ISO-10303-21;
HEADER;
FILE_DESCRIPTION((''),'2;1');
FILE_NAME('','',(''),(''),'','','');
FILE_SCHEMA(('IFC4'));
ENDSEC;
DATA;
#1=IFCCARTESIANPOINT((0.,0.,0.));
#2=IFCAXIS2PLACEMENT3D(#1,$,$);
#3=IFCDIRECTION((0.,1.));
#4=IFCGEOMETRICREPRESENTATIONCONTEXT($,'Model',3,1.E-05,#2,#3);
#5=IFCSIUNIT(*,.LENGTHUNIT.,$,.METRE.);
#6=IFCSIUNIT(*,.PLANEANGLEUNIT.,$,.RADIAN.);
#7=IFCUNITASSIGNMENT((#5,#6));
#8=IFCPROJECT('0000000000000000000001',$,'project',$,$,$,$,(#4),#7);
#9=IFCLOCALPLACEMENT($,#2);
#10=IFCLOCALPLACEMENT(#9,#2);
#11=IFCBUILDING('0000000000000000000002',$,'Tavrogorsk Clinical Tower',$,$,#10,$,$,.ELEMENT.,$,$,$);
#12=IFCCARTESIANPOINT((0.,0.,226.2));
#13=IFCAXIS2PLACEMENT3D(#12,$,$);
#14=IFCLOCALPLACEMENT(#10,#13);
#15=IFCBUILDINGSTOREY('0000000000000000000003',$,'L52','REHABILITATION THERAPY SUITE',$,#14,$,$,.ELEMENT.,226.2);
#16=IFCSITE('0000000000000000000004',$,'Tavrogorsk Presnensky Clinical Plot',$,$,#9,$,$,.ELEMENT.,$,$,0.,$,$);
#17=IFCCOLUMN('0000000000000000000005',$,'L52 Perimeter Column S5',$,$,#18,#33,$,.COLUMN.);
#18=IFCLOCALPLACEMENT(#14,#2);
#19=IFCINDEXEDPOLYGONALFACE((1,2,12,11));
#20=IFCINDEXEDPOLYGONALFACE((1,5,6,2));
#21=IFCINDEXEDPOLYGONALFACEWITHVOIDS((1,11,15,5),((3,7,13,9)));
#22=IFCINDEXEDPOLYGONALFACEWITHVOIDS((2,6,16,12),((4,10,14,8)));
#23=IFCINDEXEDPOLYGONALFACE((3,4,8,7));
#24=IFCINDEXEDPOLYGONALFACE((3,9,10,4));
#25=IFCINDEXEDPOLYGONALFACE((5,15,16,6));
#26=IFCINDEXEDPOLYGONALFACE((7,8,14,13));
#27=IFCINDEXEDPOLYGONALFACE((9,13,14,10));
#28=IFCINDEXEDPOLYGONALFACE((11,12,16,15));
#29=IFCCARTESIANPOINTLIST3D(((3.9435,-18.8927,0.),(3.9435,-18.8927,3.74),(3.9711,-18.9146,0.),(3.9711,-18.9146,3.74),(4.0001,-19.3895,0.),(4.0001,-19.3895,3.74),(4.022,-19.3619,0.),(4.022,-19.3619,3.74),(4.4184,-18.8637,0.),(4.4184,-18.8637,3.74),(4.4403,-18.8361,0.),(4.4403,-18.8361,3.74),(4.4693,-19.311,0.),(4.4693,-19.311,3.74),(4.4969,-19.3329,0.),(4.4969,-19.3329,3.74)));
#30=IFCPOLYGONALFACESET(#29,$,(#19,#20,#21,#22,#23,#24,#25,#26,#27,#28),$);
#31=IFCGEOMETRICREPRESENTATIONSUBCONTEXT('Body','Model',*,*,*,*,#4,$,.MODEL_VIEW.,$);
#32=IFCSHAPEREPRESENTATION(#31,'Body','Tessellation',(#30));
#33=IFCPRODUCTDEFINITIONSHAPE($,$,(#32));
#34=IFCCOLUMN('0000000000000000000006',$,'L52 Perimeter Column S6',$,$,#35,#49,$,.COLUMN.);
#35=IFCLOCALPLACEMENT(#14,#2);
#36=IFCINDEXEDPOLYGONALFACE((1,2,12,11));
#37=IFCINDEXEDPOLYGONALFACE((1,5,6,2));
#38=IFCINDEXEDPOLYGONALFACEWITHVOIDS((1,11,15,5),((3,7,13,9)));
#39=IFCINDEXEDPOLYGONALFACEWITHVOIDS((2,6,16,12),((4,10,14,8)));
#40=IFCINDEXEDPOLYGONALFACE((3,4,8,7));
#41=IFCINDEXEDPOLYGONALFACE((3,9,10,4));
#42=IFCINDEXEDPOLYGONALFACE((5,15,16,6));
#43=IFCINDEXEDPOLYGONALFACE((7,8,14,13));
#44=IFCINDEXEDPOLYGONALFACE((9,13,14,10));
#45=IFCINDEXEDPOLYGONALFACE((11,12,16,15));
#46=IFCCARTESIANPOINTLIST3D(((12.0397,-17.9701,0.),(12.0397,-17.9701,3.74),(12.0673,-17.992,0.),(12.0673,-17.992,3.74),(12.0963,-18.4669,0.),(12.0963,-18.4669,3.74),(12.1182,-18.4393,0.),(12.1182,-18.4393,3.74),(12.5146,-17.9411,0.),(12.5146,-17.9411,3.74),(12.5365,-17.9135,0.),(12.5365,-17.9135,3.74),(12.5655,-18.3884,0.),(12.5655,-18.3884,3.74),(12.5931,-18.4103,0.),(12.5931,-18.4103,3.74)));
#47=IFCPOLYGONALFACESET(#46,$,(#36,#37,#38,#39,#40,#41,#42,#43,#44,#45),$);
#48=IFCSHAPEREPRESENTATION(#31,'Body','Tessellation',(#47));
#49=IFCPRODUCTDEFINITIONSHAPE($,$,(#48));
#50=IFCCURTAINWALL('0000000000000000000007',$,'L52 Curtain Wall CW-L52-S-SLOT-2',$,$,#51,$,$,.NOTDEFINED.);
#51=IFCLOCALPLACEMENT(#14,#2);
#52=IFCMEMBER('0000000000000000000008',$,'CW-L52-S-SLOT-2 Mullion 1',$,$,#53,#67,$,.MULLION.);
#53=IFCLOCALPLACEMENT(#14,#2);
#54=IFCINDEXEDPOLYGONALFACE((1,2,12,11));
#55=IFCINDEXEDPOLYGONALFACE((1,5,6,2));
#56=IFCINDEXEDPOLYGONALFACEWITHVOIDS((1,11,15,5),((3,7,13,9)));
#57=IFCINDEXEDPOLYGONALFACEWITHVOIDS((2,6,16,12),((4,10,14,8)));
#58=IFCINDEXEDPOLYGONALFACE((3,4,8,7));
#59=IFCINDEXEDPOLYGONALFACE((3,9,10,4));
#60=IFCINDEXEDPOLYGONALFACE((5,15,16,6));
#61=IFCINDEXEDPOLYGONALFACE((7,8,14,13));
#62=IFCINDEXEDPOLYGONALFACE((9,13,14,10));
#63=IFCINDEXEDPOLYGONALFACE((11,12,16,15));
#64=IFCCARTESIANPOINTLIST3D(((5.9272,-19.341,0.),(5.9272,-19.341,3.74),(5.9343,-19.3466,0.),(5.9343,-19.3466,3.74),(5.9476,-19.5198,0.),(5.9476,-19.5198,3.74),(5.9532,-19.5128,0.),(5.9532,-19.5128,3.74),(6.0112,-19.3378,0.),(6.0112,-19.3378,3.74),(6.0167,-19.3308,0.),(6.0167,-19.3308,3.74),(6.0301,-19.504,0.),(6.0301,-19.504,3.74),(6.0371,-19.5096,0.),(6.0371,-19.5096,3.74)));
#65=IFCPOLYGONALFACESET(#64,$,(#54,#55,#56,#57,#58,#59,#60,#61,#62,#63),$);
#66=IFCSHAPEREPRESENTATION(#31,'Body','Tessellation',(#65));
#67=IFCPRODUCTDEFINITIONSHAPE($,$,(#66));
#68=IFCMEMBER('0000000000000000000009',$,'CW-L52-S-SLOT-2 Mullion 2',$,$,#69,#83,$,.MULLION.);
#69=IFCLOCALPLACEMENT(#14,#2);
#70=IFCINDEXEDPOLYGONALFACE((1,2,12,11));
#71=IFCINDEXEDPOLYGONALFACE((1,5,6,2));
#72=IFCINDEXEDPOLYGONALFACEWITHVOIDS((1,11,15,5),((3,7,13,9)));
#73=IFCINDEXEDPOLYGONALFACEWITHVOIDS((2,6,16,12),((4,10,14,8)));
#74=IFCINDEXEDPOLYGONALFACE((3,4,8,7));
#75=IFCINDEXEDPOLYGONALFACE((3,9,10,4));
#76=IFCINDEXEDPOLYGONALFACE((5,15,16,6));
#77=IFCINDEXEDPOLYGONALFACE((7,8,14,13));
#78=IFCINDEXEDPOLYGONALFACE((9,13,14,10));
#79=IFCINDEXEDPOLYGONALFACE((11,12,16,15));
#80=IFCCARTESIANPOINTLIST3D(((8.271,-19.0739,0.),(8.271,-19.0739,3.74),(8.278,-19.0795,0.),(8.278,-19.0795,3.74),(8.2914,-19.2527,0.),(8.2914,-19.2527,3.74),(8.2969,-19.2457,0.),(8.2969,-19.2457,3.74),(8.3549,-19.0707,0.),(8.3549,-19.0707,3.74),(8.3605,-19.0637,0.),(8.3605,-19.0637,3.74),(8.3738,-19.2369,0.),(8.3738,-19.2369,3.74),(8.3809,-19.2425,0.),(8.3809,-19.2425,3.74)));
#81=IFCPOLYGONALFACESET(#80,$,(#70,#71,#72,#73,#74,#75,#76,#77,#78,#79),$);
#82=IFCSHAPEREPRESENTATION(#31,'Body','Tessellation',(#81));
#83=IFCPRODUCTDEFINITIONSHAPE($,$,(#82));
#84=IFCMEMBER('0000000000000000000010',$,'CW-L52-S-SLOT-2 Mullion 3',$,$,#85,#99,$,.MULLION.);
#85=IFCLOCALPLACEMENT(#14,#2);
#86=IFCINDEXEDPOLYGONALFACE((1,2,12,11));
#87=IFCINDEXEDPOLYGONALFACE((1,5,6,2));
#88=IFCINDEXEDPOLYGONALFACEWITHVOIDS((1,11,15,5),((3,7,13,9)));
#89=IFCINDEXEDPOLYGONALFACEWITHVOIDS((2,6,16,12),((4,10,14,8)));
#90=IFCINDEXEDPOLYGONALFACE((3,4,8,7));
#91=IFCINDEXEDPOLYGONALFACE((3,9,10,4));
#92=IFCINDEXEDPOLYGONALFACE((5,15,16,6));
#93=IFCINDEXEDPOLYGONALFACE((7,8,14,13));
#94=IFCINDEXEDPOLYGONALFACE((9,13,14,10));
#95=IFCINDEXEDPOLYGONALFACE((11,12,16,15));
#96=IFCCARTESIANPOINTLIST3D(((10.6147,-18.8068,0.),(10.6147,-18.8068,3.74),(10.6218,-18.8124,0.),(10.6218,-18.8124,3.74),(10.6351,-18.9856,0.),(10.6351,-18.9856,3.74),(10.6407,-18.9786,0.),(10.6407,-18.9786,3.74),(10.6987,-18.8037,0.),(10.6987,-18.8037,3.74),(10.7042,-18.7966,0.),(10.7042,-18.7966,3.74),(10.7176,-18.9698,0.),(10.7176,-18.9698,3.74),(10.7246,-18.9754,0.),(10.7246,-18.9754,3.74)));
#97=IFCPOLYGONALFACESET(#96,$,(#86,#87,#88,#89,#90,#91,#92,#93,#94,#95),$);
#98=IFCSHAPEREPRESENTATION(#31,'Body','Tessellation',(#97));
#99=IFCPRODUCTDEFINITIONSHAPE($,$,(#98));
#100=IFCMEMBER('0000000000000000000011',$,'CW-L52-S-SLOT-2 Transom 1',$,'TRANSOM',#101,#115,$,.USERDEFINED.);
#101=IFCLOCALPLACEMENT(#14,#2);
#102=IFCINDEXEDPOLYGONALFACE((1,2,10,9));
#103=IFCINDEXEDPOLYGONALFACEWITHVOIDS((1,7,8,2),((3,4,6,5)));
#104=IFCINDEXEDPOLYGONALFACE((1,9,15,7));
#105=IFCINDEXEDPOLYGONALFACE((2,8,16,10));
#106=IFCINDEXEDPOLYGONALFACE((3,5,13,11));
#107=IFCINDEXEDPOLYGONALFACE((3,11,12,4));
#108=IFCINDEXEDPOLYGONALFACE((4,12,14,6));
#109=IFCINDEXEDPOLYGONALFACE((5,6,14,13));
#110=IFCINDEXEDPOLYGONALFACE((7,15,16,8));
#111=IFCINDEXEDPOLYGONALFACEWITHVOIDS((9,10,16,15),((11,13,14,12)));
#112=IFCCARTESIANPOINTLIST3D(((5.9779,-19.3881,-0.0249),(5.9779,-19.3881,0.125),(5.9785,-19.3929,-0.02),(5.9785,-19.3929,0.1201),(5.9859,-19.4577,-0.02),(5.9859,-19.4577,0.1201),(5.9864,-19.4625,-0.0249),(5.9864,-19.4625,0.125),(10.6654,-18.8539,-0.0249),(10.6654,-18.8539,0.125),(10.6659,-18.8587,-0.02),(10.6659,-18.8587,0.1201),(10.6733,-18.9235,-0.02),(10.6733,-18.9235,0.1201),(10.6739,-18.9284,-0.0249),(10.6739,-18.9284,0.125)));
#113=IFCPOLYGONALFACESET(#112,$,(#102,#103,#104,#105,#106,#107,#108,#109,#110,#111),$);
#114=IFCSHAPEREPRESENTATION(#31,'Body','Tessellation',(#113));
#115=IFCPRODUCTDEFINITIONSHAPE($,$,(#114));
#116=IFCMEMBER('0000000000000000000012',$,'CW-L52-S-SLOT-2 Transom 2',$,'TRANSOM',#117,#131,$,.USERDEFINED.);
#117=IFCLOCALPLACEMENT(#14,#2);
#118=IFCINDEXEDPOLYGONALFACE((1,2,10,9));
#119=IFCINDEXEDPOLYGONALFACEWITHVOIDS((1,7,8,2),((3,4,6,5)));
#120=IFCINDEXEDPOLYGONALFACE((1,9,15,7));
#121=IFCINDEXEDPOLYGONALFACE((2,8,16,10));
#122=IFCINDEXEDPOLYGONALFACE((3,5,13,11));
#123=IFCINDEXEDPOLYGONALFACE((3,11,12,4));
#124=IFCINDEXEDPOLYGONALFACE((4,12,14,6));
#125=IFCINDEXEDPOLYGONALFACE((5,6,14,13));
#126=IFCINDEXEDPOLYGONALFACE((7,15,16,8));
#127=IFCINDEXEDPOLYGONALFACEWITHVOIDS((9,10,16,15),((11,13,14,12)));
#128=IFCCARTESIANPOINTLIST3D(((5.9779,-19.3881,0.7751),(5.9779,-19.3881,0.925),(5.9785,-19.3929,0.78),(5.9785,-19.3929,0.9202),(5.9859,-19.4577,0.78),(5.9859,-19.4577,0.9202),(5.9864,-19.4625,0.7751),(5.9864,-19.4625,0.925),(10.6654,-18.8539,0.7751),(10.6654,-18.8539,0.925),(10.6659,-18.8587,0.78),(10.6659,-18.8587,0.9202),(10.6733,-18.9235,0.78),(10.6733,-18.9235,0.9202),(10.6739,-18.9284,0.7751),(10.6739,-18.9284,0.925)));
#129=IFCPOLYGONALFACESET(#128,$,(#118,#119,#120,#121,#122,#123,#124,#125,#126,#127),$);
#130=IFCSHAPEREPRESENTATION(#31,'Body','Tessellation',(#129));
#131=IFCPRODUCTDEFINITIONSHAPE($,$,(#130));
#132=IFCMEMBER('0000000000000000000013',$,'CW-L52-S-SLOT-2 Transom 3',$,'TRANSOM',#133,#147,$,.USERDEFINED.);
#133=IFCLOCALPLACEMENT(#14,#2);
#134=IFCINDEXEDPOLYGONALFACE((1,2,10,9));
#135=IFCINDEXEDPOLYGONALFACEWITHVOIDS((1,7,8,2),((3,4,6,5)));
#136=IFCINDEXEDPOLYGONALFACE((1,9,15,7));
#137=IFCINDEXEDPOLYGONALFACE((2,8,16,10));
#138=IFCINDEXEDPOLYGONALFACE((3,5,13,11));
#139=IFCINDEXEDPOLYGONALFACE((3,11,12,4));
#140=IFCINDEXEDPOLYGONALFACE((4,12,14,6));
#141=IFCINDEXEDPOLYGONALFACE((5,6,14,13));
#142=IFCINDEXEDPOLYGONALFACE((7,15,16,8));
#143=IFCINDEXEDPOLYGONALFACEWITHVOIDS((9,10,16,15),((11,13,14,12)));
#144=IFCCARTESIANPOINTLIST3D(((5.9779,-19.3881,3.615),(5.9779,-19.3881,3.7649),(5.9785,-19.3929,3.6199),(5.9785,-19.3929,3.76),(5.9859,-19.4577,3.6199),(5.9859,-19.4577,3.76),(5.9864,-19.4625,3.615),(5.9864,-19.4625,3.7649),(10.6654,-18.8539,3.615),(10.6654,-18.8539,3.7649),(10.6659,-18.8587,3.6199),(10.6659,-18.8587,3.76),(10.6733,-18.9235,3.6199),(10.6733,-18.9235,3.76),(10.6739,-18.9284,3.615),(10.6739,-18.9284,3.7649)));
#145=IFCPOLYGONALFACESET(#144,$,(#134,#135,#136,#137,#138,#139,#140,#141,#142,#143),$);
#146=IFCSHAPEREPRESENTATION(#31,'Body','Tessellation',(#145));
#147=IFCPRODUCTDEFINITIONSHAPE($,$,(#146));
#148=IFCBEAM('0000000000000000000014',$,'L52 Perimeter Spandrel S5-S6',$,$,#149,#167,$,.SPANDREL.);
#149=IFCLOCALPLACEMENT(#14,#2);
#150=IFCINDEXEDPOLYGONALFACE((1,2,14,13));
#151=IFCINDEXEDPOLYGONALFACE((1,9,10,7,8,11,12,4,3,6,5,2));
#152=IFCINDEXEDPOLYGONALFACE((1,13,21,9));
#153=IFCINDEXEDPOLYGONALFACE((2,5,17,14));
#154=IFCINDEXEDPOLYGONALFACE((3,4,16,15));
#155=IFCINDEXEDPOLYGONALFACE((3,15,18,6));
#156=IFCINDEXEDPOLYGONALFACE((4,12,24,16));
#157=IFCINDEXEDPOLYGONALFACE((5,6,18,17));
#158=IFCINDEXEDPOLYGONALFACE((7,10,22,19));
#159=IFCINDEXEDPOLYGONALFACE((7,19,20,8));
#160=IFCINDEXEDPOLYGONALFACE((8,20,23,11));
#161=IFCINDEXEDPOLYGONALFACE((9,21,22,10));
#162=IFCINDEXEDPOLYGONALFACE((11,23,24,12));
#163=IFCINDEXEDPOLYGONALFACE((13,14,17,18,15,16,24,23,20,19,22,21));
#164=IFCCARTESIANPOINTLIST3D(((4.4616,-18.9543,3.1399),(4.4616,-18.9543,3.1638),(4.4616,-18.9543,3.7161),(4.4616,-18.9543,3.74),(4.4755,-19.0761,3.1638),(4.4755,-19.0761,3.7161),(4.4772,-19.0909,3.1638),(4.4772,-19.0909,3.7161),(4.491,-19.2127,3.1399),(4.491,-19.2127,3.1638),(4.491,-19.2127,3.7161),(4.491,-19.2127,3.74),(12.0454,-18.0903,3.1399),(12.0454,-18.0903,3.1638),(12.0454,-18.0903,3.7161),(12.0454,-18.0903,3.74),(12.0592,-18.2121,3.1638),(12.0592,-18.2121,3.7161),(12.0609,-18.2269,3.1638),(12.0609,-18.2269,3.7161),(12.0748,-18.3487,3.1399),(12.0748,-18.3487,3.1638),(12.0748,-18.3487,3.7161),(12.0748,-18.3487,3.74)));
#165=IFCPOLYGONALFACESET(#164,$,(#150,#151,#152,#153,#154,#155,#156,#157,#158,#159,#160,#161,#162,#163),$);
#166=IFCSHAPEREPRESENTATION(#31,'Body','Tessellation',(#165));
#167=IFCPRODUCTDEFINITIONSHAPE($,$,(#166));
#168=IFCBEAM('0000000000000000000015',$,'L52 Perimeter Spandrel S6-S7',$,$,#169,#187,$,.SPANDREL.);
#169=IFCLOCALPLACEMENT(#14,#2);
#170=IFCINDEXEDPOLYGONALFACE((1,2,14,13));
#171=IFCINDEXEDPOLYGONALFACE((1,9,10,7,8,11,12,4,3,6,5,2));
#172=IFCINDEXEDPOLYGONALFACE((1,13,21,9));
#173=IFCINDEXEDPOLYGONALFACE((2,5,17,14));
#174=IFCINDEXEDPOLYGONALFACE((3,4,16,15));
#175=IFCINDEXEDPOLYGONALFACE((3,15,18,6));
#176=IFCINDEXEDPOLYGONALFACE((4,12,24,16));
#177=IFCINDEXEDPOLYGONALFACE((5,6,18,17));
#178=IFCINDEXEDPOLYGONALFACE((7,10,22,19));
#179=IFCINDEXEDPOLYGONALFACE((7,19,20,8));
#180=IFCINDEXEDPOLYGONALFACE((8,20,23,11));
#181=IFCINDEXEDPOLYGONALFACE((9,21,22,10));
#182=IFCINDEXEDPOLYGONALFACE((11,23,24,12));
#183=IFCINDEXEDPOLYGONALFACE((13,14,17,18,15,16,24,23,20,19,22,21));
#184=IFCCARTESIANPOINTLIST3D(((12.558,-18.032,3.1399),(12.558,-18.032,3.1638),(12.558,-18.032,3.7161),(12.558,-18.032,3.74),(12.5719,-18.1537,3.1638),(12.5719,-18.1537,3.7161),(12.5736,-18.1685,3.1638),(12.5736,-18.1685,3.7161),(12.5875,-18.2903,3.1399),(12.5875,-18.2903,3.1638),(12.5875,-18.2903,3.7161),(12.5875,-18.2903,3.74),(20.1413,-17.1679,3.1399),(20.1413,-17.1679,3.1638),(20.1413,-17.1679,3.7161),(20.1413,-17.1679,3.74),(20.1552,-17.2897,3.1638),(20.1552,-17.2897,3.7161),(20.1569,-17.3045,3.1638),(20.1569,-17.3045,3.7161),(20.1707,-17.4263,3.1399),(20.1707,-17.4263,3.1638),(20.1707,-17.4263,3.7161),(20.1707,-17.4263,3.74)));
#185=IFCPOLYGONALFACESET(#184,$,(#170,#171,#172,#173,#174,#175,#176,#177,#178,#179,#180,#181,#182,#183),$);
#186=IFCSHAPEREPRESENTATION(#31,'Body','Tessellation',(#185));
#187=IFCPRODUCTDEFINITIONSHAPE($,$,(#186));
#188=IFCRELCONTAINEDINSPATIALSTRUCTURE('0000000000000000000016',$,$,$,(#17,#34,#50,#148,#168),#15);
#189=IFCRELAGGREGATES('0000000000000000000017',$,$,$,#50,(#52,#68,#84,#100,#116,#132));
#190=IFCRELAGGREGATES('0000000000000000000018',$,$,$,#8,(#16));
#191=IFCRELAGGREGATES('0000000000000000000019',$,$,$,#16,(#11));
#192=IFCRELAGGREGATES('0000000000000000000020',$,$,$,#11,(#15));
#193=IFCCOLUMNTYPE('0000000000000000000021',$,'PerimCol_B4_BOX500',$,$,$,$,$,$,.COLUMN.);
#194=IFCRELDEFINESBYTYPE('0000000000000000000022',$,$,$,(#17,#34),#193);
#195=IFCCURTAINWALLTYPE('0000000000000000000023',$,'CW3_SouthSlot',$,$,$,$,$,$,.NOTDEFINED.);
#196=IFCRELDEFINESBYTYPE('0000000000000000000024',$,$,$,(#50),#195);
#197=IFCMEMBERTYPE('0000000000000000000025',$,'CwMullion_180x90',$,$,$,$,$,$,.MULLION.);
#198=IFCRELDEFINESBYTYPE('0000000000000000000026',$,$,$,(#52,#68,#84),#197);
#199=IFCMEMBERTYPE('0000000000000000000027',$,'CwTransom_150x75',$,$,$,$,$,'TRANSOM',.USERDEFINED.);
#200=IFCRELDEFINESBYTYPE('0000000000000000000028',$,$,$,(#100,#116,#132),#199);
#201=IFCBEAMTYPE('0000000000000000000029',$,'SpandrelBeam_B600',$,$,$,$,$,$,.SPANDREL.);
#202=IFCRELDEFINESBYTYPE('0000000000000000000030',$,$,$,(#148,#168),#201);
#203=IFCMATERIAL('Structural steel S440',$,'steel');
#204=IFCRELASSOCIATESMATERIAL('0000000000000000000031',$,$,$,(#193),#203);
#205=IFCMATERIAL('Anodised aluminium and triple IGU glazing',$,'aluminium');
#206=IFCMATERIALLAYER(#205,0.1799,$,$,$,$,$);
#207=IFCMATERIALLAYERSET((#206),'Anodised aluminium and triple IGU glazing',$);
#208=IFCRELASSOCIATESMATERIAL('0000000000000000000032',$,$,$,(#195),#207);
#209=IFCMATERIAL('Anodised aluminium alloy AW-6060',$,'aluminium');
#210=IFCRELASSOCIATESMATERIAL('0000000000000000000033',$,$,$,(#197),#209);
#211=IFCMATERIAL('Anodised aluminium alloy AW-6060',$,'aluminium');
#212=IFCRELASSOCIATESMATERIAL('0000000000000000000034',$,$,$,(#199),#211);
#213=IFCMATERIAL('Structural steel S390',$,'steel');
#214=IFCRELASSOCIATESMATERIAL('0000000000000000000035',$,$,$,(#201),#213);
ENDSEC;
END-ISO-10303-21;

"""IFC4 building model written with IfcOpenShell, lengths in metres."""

from ifc_helpers import new_model, si_unit, direction, frame, origin, origin_2d, place, context, subcontext, project, spatial, hollow_rectangle, i_section, extrude, material, layer, layer_set, material_profile, profile_set, type_object, element, aggregate, save


model = new_model("IFC4")

# Units and contexts
model_context = context("Model", 3, precision=1e-05, world=origin(), true_north=direction((0.0, 1.0)))
body_context = subcontext(model_context, "Body", "Model", "MODEL_VIEW")
ifc_project = project(units=[si_unit("LENGTHUNIT", "METRE"), si_unit("PLANEANGLEUNIT", "RADIAN")], contexts=[model_context])

# Site, building, storey
site_placement = place(None, origin())
site = spatial("IfcSite", under=ifc_project, at=site_placement, Name="Tavrogorsk Presnensky Clinical Plot", CompositionType="ELEMENT", RefElevation=0.0)
building_placement = place(site_placement, origin())
building = spatial("IfcBuilding", under=site, at=building_placement, Name="Tavrogorsk Clinical Tower", CompositionType="ELEMENT")
storey_placement = place(building_placement, frame((0.0, 0.0, 226.2)))
storey = spatial("IfcBuildingStorey", under=building, at=storey_placement, Name="L52", Description="REHABILITATION THERAPY SUITE", CompositionType="ELEMENT", Elevation=226.2)

# Columns
ifc_material_1 = material(Name="Structural steel S440", Category="steel")
ifc_material_profile_1 = material_profile(ifc_material_1, hollow_rectangle(XDim=0.5, YDim=0.5, WallThickness=0.0249, at=origin_2d()), Name="BOX-500x500x25")
ifc_profile_set_1 = profile_set([ifc_material_profile_1], Name="Structural steel S440")
column_type = type_object("IfcColumnType", Name="PerimCol_B4_BOX500", PredefinedType="COLUMN", material=ifc_profile_set_1)
for number, where, z_axis, x_axis, name in (
    (1, (4.2202, -19.1128, 0.0), (0.0, 0.0, 1.0), (0.993572, 0.113203, 0.0), "L52 Perimeter Column S5"),
    (2, (12.3164, -18.1902, 0.0), (0.0, 0.0, 1.0), (0.993572, 0.113203, 0.0), "L52 Perimeter Column S6"),
):
    element("IfcColumn", number, at=place(storey_placement, frame(where, z_axis=z_axis, x_axis=x_axis)), inside=storey, type_object=column_type, Name=name, PredefinedType="COLUMN", context=body_context, shape_type="SweptSolid", body=[
        extrude(hollow_rectangle(XDim=0.5, YDim=0.5, WallThickness=0.0249, at=origin_2d()), origin(), (0.0, 0.0, 1.0), 3.74),
    ])

# Curtain wall, members
ifc_material_2 = material(Name="Anodised aluminium and triple IGU glazing", Category="aluminium")
ifc_layer_1 = layer(ifc_material_2, 0.1799)
ifc_layer_set_1 = layer_set([ifc_layer_1], Name="Anodised aluminium and triple IGU glazing")
curtain_wall_type = type_object("IfcCurtainWallType", Name="CW3_SouthSlot", PredefinedType="NOTDEFINED", material=ifc_layer_set_1)
curtain_wall_placement = place(storey_placement, origin())
curtain_wall = element("IfcCurtainWall", 3, at=curtain_wall_placement, inside=storey, type_object=curtain_wall_type, Name="L52 Curtain Wall CW-L52-S-SLOT-2", PredefinedType="NOTDEFINED")
ifc_material_3 = material(Name="Anodised aluminium alloy AW-6060", Category="aluminium")
ifc_material_profile_2 = material_profile(ifc_material_3, hollow_rectangle(XDim=0.0901, YDim=0.1799, WallThickness=0.0063, at=origin_2d()), Name="RHS-180x90x6.3")
ifc_profile_set_2 = profile_set([ifc_material_profile_2], Name="Anodised aluminium alloy AW-6060")
member_type_1 = type_object("IfcMemberType", Name="CwMullion_180x90", PredefinedType="MULLION", material=ifc_profile_set_2)
member_1_placement = place(storey_placement, frame((5.9822, -19.4253, 0.0), z_axis=(0.0, 0.0, 1.0), x_axis=(0.993572, 0.113203, 0.0)))
member_1 = element("IfcMember", 4, at=member_1_placement, type_object=member_type_1, Name="CW-L52-S-SLOT-2 Mullion 1", PredefinedType="MULLION", context=body_context, shape_type="SweptSolid", body=[
    extrude(hollow_rectangle(XDim=0.0901, YDim=0.1799, WallThickness=0.0063, at=origin_2d()), origin(), (0.0, 0.0, 1.0), 3.74),
])
member_2_placement = place(storey_placement, frame((8.3259, -19.1582, 0.0), z_axis=(0.0, 0.0, 1.0), x_axis=(0.993572, 0.113203, 0.0)))
member_2 = element("IfcMember", 5, at=member_2_placement, type_object=member_type_1, Name="CW-L52-S-SLOT-2 Mullion 2", PredefinedType="MULLION", context=body_context, shape_type="SweptSolid", body=[
    extrude(hollow_rectangle(XDim=0.0901, YDim=0.1799, WallThickness=0.0063, at=origin_2d()), origin(), (0.0, 0.0, 1.0), 3.74),
])
member_3_placement = place(storey_placement, frame((10.6697, -18.8911, 0.0), z_axis=(0.0, 0.0, 1.0), x_axis=(0.993572, 0.113203, 0.0)))
member_3 = element("IfcMember", 6, at=member_3_placement, type_object=member_type_1, Name="CW-L52-S-SLOT-2 Mullion 3", PredefinedType="MULLION", context=body_context, shape_type="SweptSolid", body=[
    extrude(hollow_rectangle(XDim=0.0901, YDim=0.1799, WallThickness=0.0063, at=origin_2d()), origin(), (0.0, 0.0, 1.0), 3.74),
])
ifc_material_4 = material(Name="Anodised aluminium alloy AW-6060", Category="aluminium")
ifc_material_profile_3 = material_profile(ifc_material_4, hollow_rectangle(XDim=0.075, YDim=0.1499, WallThickness=0.0049, at=origin_2d()), Name="RHS-150x75x5")
ifc_profile_set_3 = profile_set([ifc_material_profile_3], Name="Anodised aluminium alloy AW-6060")
member_type_2 = type_object("IfcMemberType", Name="CwTransom_150x75", ElementType="TRANSOM", PredefinedType="USERDEFINED", material=ifc_profile_set_3)
member_4_placement = place(storey_placement, frame((5.9822, -19.4253, 0.05), z_axis=(0.993569, 0.113226, 0.0), x_axis=(-0.113226, 0.993569, 0.0)))
member_4 = element("IfcMember", 7, at=member_4_placement, type_object=member_type_2, Name="CW-L52-S-SLOT-2 Transom 1", ObjectType="TRANSOM", PredefinedType="USERDEFINED", context=body_context, shape_type="SweptSolid", body=[
    extrude(hollow_rectangle(XDim=0.075, YDim=0.1499, WallThickness=0.0049, at=origin_2d()), origin(), (0.0, 0.0, 1.0), 4.7178),
])
member_5_placement = place(storey_placement, frame((5.9822, -19.4253, 0.8501), z_axis=(0.993569, 0.113226, 0.0), x_axis=(-0.113226, 0.993569, 0.0)))
member_5 = element("IfcMember", 8, at=member_5_placement, type_object=member_type_2, Name="CW-L52-S-SLOT-2 Transom 2", ObjectType="TRANSOM", PredefinedType="USERDEFINED", context=body_context, shape_type="SweptSolid", body=[
    extrude(hollow_rectangle(XDim=0.075, YDim=0.1499, WallThickness=0.0049, at=origin_2d()), origin(), (0.0, 0.0, 1.0), 4.7178),
])
member_6_placement = place(storey_placement, frame((5.9822, -19.4253, 3.6899), z_axis=(0.993569, 0.113226, 0.0), x_axis=(-0.113226, 0.993569, 0.0)))
member_6 = element("IfcMember", 9, at=member_6_placement, type_object=member_type_2, Name="CW-L52-S-SLOT-2 Transom 3", ObjectType="TRANSOM", PredefinedType="USERDEFINED", context=body_context, shape_type="SweptSolid", body=[
    extrude(hollow_rectangle(XDim=0.075, YDim=0.1499, WallThickness=0.0049, at=origin_2d()), origin(), (0.0, 0.0, 1.0), 4.7178),
])

# Beams
ifc_material_5 = material(Name="Structural steel S390", Category="steel")
ifc_material_profile_4 = material_profile(ifc_material_5, i_section(OverallWidth=0.26, OverallDepth=0.6001, WebThickness=0.0149, FlangeThickness=0.0239, at=origin_2d()), Name="B-600x260x15x24")
ifc_profile_set_4 = profile_set([ifc_material_profile_4], Name="Structural steel S390")
beam_type = type_object("IfcBeamType", Name="SpandrelBeam_B600", PredefinedType="SPANDREL", material=ifc_profile_set_4)
beam_1_placement = place(storey_placement, frame((4.4763, -19.0835, 3.4399), z_axis=(0.993573, 0.113197, 0.0), x_axis=(-0.113197, 0.993573, 0.0)))
element("IfcBeam", 10, at=beam_1_placement, inside=storey, type_object=beam_type, Name="L52 Perimeter Spandrel S5-S6", PredefinedType="SPANDREL", context=body_context, shape_type="SweptSolid", body=[
    extrude(i_section(OverallWidth=0.26, OverallDepth=0.6001, WebThickness=0.0149, FlangeThickness=0.0239, at=origin_2d()), origin(), (0.0, 0.0, 1.0), 7.6328),
])
beam_2_placement = place(storey_placement, frame((12.5728, -18.1611, 3.4399), z_axis=(0.993572, 0.113205, 0.0), x_axis=(-0.113205, 0.993572, 0.0)))
element("IfcBeam", 11, at=beam_2_placement, inside=storey, type_object=beam_type, Name="L52 Perimeter Spandrel S6-S7", PredefinedType="SPANDREL", context=body_context, shape_type="SweptSolid", body=[
    extrude(i_section(OverallWidth=0.26, OverallDepth=0.6001, WebThickness=0.0149, FlangeThickness=0.0239, at=origin_2d()), origin(), (0.0, 0.0, 1.0), 7.6323),
])

aggregate(curtain_wall, [member_1, member_2, member_3, member_4, member_5, member_6])

save(model, "model.ifc")
